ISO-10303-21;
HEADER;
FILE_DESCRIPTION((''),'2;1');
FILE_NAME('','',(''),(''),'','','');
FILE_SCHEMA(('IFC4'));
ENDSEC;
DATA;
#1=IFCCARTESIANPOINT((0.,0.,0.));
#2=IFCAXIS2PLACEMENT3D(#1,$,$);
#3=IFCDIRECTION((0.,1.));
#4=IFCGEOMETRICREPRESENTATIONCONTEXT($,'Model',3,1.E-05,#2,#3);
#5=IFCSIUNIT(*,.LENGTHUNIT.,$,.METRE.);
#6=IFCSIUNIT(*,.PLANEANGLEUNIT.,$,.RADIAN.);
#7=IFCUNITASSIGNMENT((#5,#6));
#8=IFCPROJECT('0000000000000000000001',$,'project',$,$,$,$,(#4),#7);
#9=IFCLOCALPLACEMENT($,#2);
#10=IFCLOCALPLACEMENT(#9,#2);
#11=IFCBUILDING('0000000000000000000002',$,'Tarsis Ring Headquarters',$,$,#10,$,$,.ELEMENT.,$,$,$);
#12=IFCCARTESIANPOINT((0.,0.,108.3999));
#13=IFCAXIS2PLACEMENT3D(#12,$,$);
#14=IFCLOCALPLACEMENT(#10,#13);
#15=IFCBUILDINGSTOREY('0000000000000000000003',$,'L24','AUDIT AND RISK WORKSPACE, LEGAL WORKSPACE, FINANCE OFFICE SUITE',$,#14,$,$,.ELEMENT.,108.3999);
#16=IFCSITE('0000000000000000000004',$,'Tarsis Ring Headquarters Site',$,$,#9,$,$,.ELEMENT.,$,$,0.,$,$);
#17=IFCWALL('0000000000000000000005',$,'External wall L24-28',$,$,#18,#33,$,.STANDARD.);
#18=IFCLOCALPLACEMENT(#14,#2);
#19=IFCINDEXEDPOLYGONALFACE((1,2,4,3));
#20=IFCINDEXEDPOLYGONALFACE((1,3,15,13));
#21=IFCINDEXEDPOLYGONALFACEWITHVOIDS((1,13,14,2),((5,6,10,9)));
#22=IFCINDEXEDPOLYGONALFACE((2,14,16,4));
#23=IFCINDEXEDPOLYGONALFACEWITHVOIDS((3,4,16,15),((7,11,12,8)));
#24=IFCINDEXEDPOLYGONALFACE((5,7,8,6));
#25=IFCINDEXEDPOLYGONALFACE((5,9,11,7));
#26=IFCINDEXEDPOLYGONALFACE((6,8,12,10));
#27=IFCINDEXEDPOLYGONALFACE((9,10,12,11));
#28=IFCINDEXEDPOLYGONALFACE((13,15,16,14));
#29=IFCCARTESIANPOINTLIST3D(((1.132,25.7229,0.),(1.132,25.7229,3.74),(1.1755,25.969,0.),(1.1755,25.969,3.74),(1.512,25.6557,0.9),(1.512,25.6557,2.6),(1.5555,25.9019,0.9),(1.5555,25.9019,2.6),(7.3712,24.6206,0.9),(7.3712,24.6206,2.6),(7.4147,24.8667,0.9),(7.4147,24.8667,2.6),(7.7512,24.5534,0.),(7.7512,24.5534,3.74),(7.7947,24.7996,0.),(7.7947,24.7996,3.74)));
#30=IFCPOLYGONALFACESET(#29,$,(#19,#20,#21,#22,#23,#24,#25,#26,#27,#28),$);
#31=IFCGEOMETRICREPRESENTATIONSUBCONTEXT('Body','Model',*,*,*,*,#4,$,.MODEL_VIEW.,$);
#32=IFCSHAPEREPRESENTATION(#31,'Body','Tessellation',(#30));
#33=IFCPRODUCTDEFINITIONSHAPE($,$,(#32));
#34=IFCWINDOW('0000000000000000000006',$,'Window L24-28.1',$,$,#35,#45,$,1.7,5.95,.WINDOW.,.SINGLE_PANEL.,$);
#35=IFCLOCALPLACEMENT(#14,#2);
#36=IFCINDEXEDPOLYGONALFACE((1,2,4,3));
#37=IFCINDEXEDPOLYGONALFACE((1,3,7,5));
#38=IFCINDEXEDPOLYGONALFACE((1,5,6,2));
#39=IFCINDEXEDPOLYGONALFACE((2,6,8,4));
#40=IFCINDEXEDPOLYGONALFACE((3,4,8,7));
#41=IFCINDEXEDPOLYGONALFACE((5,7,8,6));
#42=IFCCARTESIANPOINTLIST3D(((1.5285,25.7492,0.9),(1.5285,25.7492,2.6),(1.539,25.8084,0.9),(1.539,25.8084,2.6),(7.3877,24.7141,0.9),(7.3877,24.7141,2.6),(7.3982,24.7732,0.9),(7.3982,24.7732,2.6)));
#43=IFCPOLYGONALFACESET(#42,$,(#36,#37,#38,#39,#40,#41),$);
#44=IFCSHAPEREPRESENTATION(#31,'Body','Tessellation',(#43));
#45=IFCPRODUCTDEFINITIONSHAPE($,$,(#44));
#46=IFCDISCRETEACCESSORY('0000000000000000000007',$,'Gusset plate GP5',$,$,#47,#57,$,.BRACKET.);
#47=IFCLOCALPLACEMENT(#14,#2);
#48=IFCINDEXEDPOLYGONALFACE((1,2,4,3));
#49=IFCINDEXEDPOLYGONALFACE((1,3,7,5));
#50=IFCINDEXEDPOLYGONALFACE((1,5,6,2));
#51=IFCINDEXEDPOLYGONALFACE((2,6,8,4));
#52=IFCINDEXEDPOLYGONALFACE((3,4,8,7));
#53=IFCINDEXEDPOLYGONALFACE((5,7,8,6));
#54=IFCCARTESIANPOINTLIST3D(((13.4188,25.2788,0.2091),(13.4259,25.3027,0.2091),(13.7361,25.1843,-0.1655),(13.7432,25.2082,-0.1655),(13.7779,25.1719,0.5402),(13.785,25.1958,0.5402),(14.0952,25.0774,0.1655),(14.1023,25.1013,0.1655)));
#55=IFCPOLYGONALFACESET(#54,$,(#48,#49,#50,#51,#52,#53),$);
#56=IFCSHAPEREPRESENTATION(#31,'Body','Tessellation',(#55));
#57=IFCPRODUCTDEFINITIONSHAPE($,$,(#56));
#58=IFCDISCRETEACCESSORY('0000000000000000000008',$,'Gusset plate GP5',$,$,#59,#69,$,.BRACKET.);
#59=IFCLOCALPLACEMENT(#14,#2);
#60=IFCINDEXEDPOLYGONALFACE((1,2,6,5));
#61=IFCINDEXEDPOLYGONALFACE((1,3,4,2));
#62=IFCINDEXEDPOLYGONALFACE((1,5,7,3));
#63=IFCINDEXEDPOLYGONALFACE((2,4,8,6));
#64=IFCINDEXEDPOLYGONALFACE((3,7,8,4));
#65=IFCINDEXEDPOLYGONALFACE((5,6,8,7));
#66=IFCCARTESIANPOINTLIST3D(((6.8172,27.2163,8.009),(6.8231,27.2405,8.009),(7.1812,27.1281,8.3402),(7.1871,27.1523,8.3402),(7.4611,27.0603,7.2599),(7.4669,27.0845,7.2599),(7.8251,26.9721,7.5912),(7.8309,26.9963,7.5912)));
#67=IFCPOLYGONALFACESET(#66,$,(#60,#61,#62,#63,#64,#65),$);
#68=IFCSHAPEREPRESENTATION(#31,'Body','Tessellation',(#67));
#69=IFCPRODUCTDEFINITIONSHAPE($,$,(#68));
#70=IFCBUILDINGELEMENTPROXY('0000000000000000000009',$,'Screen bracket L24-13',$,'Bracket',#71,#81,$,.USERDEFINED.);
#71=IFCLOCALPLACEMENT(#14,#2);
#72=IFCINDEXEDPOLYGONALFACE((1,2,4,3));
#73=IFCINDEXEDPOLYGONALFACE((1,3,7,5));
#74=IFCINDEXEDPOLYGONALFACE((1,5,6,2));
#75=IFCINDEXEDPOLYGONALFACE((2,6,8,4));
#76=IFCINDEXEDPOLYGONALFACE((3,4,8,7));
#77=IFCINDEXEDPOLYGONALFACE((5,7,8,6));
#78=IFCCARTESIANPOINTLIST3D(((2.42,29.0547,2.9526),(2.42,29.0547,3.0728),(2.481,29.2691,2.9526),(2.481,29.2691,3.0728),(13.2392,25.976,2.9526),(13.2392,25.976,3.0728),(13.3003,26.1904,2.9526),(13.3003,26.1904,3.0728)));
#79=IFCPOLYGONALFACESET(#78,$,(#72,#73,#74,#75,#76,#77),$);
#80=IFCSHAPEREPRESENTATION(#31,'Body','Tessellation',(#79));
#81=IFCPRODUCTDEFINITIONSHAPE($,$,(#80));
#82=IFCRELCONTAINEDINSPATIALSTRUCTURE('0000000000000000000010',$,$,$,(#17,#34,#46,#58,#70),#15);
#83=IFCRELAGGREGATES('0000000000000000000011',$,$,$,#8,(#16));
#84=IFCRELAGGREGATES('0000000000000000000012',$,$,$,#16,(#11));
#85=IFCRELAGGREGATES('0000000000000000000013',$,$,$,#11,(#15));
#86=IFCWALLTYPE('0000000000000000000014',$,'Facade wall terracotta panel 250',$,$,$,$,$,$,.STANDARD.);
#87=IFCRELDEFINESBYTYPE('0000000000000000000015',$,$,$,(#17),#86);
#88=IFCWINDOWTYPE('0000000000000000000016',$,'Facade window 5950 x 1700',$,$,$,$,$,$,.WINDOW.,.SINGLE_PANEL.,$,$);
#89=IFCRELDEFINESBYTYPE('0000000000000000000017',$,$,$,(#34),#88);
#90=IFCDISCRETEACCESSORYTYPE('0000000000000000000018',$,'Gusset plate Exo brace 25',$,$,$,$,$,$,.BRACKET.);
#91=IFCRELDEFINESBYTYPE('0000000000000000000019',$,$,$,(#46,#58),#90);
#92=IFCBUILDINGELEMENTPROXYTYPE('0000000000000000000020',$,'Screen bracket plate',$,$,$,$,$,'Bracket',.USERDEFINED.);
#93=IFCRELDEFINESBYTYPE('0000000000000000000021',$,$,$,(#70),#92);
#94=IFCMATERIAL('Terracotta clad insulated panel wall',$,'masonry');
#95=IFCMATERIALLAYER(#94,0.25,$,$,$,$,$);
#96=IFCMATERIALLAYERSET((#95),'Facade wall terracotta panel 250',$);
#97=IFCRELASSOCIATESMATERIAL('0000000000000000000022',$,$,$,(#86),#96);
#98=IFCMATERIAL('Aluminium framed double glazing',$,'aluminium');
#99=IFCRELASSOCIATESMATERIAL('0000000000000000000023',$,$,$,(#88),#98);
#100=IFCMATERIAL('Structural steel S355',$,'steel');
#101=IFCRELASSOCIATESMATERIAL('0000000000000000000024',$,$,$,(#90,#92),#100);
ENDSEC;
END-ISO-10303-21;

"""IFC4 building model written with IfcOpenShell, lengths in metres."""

from ifc_helpers import new_model, si_unit, direction, frame, frame_2d, origin, origin_2d, place, context, subcontext, project, spatial, rectangle, extrude, material, layer, layer_set, material_profile, profile_set, type_object, element, fill, save


model = new_model("IFC4")

# Units and contexts
model_context = context("Model", 3, precision=1e-05, world=origin(), true_north=direction((0.0, 1.0)))
body_context = subcontext(model_context, "Body", "Model", "MODEL_VIEW")
ifc_project = project(units=[si_unit("LENGTHUNIT", "METRE"), si_unit("PLANEANGLEUNIT", "RADIAN")], contexts=[model_context])

# Site, building, storey
site_placement = place(None, origin())
site = spatial("IfcSite", under=ifc_project, at=site_placement, Name="Tarsis Ring Headquarters Site", CompositionType="ELEMENT", RefElevation=0.0)
building_placement = place(site_placement, origin())
building = spatial("IfcBuilding", under=site, at=building_placement, Name="Tarsis Ring Headquarters", CompositionType="ELEMENT")
storey_placement = place(building_placement, frame((0.0, 0.0, 108.3999)))
storey = spatial("IfcBuildingStorey", under=building, at=storey_placement, Name="L24", Description="AUDIT AND RISK WORKSPACE, LEGAL WORKSPACE, FINANCE OFFICE SUITE", CompositionType="ELEMENT", Elevation=108.3999)

# Shared definitions
ifc_material_1 = material(Name="Structural steel S355", Category="steel")

# Wall, opening, window
ifc_material_2 = material(Name="Terracotta clad insulated panel wall", Category="masonry")
ifc_layer = layer(ifc_material_2, 0.25)
ifc_layer_set = layer_set([ifc_layer], Name="Facade wall terracotta panel 250")
wall_type = type_object("IfcWallType", Name="Facade wall terracotta panel 250", PredefinedType="STANDARD", material=ifc_layer_set)
ifc_material_3 = material(Name="Aluminium framed double glazing", Category="aluminium")
window_type = type_object("IfcWindowType", Name="Facade window 5950 x 1700", PartitioningType="SINGLE_PANEL", PredefinedType="WINDOW", material=ifc_material_3)
wall_1_placement = place(storey_placement, frame((7.7729, 24.6765, 0.0), z_axis=(0.0, 0.0, 1.0), x_axis=(-0.984749, 0.17398, 0.0)))
wall_1 = element("IfcWall", 1, at=wall_1_placement, inside=storey, type_object=wall_type, Name="External wall L24-28", PredefinedType="STANDARD", context=body_context, shape_type="SweptSolid", body=[
    extrude(rectangle(XDim=6.7217, YDim=0.25, at=frame_2d((3.3608, 0.0))), origin(), (0.0, 0.0, 1.0), 3.74),
])
opening_1_placement = place(wall_1_placement, frame((0.3857, 0.0, 0.8999)))
opening_1 = element("IfcOpeningElement", 2, at=opening_1_placement, cuts=wall_1, PredefinedType="OPENING", context=body_context, shape_type="SweptSolid", body=[
    extrude(rectangle(XDim=5.95, YDim=1.7, at=frame_2d((2.9751, 0.8501))), frame((0.0, 0.135, 0.0), z_axis=(0.0, -1.0, 0.0), x_axis=(1.0, 0.0, 0.0)), (0.0, 0.0, 1.0), 0.27),
])
window_1_placement = place(opening_1_placement, origin())
window_1 = element("IfcWindow", 3, at=window_1_placement, inside=storey, type_object=window_type, Name="Window L24-28.1", OverallHeight=1.7, OverallWidth=5.95, PartitioningType="SINGLE_PANEL", PredefinedType="WINDOW", context=body_context, shape_type="SweptSolid", body=[
    extrude(rectangle(XDim=5.95, YDim=1.7, at=frame_2d((2.9751, 0.8501))), frame((0.0, 0.03, 0.0), z_axis=(0.0, -1.0, 0.0), x_axis=(1.0, 0.0, 0.0)), (0.0, 0.0, 1.0), 0.0601),
])
fill(opening_1, window_1)

# Discrete accessories
ifc_material_profile_1 = material_profile(ifc_material_1, rectangle(XDim=0.0249, YDim=0.5, at=origin_2d()), Name="PL 25x500")
ifc_profile_set_1 = profile_set([ifc_material_profile_1], Name="Structural steel S355")
discrete_accessory_type = type_object("IfcDiscreteAccessoryType", Name="Gusset plate Exo brace 25", PredefinedType="BRACKET", material=ifc_profile_set_1)
discrete_accessory_1_placement = place(storey_placement, frame((13.9192, 25.1428, 0.0), z_axis=(-0.634638, 0.188927, 0.749361), x_axis=(-0.285318, -0.958433, 0.0)))
element("IfcDiscreteAccessory", 4, at=discrete_accessory_1_placement, inside=storey, type_object=discrete_accessory_type, Name="Gusset plate GP5", PredefinedType="BRACKET", context=body_context, shape_type="SweptSolid", body=[
    extrude(rectangle(XDim=0.0249, YDim=0.5, at=origin_2d()), origin(), (0.0, 0.0, 1.0), 0.5),
])
discrete_accessory_2_placement = place(storey_placement, frame((7.646, 27.0283, 7.4255), z_axis=(-0.643847, 0.156017, 0.749079), x_axis=(-0.235505, -0.971873, 0.0)))
element("IfcDiscreteAccessory", 5, at=discrete_accessory_2_placement, inside=storey, type_object=discrete_accessory_type, Name="Gusset plate GP5", PredefinedType="BRACKET", context=body_context, shape_type="SweptSolid", body=[
    extrude(rectangle(XDim=0.0249, YDim=0.5, at=origin_2d()), origin(), (0.0, 0.0, 1.0), 1.0),
])

# Building element proxy
building_element_proxy_type = type_object("IfcBuildingElementProxyType", Name="Screen bracket plate", ElementType="Bracket", PredefinedType="USERDEFINED", material=ifc_material_1)
proxy_placement = place(storey_placement, frame((7.8601, 27.6226, 2.9526), z_axis=(0.0, 0.0, 1.0), x_axis=(-0.961819, 0.273687, 0.0)))
element("IfcBuildingElementProxy", 6, at=proxy_placement, inside=storey, type_object=building_element_proxy_type, Name="Screen bracket L24-13", ObjectType="Bracket", PredefinedType="USERDEFINED", context=body_context, shape_type="SweptSolid", body=[
    extrude(rectangle(XDim=11.2488, YDim=0.2229, at=origin_2d()), origin(), (0.0, 0.0, 1.0), 0.1201),
])

save(model, "model.ifc")
